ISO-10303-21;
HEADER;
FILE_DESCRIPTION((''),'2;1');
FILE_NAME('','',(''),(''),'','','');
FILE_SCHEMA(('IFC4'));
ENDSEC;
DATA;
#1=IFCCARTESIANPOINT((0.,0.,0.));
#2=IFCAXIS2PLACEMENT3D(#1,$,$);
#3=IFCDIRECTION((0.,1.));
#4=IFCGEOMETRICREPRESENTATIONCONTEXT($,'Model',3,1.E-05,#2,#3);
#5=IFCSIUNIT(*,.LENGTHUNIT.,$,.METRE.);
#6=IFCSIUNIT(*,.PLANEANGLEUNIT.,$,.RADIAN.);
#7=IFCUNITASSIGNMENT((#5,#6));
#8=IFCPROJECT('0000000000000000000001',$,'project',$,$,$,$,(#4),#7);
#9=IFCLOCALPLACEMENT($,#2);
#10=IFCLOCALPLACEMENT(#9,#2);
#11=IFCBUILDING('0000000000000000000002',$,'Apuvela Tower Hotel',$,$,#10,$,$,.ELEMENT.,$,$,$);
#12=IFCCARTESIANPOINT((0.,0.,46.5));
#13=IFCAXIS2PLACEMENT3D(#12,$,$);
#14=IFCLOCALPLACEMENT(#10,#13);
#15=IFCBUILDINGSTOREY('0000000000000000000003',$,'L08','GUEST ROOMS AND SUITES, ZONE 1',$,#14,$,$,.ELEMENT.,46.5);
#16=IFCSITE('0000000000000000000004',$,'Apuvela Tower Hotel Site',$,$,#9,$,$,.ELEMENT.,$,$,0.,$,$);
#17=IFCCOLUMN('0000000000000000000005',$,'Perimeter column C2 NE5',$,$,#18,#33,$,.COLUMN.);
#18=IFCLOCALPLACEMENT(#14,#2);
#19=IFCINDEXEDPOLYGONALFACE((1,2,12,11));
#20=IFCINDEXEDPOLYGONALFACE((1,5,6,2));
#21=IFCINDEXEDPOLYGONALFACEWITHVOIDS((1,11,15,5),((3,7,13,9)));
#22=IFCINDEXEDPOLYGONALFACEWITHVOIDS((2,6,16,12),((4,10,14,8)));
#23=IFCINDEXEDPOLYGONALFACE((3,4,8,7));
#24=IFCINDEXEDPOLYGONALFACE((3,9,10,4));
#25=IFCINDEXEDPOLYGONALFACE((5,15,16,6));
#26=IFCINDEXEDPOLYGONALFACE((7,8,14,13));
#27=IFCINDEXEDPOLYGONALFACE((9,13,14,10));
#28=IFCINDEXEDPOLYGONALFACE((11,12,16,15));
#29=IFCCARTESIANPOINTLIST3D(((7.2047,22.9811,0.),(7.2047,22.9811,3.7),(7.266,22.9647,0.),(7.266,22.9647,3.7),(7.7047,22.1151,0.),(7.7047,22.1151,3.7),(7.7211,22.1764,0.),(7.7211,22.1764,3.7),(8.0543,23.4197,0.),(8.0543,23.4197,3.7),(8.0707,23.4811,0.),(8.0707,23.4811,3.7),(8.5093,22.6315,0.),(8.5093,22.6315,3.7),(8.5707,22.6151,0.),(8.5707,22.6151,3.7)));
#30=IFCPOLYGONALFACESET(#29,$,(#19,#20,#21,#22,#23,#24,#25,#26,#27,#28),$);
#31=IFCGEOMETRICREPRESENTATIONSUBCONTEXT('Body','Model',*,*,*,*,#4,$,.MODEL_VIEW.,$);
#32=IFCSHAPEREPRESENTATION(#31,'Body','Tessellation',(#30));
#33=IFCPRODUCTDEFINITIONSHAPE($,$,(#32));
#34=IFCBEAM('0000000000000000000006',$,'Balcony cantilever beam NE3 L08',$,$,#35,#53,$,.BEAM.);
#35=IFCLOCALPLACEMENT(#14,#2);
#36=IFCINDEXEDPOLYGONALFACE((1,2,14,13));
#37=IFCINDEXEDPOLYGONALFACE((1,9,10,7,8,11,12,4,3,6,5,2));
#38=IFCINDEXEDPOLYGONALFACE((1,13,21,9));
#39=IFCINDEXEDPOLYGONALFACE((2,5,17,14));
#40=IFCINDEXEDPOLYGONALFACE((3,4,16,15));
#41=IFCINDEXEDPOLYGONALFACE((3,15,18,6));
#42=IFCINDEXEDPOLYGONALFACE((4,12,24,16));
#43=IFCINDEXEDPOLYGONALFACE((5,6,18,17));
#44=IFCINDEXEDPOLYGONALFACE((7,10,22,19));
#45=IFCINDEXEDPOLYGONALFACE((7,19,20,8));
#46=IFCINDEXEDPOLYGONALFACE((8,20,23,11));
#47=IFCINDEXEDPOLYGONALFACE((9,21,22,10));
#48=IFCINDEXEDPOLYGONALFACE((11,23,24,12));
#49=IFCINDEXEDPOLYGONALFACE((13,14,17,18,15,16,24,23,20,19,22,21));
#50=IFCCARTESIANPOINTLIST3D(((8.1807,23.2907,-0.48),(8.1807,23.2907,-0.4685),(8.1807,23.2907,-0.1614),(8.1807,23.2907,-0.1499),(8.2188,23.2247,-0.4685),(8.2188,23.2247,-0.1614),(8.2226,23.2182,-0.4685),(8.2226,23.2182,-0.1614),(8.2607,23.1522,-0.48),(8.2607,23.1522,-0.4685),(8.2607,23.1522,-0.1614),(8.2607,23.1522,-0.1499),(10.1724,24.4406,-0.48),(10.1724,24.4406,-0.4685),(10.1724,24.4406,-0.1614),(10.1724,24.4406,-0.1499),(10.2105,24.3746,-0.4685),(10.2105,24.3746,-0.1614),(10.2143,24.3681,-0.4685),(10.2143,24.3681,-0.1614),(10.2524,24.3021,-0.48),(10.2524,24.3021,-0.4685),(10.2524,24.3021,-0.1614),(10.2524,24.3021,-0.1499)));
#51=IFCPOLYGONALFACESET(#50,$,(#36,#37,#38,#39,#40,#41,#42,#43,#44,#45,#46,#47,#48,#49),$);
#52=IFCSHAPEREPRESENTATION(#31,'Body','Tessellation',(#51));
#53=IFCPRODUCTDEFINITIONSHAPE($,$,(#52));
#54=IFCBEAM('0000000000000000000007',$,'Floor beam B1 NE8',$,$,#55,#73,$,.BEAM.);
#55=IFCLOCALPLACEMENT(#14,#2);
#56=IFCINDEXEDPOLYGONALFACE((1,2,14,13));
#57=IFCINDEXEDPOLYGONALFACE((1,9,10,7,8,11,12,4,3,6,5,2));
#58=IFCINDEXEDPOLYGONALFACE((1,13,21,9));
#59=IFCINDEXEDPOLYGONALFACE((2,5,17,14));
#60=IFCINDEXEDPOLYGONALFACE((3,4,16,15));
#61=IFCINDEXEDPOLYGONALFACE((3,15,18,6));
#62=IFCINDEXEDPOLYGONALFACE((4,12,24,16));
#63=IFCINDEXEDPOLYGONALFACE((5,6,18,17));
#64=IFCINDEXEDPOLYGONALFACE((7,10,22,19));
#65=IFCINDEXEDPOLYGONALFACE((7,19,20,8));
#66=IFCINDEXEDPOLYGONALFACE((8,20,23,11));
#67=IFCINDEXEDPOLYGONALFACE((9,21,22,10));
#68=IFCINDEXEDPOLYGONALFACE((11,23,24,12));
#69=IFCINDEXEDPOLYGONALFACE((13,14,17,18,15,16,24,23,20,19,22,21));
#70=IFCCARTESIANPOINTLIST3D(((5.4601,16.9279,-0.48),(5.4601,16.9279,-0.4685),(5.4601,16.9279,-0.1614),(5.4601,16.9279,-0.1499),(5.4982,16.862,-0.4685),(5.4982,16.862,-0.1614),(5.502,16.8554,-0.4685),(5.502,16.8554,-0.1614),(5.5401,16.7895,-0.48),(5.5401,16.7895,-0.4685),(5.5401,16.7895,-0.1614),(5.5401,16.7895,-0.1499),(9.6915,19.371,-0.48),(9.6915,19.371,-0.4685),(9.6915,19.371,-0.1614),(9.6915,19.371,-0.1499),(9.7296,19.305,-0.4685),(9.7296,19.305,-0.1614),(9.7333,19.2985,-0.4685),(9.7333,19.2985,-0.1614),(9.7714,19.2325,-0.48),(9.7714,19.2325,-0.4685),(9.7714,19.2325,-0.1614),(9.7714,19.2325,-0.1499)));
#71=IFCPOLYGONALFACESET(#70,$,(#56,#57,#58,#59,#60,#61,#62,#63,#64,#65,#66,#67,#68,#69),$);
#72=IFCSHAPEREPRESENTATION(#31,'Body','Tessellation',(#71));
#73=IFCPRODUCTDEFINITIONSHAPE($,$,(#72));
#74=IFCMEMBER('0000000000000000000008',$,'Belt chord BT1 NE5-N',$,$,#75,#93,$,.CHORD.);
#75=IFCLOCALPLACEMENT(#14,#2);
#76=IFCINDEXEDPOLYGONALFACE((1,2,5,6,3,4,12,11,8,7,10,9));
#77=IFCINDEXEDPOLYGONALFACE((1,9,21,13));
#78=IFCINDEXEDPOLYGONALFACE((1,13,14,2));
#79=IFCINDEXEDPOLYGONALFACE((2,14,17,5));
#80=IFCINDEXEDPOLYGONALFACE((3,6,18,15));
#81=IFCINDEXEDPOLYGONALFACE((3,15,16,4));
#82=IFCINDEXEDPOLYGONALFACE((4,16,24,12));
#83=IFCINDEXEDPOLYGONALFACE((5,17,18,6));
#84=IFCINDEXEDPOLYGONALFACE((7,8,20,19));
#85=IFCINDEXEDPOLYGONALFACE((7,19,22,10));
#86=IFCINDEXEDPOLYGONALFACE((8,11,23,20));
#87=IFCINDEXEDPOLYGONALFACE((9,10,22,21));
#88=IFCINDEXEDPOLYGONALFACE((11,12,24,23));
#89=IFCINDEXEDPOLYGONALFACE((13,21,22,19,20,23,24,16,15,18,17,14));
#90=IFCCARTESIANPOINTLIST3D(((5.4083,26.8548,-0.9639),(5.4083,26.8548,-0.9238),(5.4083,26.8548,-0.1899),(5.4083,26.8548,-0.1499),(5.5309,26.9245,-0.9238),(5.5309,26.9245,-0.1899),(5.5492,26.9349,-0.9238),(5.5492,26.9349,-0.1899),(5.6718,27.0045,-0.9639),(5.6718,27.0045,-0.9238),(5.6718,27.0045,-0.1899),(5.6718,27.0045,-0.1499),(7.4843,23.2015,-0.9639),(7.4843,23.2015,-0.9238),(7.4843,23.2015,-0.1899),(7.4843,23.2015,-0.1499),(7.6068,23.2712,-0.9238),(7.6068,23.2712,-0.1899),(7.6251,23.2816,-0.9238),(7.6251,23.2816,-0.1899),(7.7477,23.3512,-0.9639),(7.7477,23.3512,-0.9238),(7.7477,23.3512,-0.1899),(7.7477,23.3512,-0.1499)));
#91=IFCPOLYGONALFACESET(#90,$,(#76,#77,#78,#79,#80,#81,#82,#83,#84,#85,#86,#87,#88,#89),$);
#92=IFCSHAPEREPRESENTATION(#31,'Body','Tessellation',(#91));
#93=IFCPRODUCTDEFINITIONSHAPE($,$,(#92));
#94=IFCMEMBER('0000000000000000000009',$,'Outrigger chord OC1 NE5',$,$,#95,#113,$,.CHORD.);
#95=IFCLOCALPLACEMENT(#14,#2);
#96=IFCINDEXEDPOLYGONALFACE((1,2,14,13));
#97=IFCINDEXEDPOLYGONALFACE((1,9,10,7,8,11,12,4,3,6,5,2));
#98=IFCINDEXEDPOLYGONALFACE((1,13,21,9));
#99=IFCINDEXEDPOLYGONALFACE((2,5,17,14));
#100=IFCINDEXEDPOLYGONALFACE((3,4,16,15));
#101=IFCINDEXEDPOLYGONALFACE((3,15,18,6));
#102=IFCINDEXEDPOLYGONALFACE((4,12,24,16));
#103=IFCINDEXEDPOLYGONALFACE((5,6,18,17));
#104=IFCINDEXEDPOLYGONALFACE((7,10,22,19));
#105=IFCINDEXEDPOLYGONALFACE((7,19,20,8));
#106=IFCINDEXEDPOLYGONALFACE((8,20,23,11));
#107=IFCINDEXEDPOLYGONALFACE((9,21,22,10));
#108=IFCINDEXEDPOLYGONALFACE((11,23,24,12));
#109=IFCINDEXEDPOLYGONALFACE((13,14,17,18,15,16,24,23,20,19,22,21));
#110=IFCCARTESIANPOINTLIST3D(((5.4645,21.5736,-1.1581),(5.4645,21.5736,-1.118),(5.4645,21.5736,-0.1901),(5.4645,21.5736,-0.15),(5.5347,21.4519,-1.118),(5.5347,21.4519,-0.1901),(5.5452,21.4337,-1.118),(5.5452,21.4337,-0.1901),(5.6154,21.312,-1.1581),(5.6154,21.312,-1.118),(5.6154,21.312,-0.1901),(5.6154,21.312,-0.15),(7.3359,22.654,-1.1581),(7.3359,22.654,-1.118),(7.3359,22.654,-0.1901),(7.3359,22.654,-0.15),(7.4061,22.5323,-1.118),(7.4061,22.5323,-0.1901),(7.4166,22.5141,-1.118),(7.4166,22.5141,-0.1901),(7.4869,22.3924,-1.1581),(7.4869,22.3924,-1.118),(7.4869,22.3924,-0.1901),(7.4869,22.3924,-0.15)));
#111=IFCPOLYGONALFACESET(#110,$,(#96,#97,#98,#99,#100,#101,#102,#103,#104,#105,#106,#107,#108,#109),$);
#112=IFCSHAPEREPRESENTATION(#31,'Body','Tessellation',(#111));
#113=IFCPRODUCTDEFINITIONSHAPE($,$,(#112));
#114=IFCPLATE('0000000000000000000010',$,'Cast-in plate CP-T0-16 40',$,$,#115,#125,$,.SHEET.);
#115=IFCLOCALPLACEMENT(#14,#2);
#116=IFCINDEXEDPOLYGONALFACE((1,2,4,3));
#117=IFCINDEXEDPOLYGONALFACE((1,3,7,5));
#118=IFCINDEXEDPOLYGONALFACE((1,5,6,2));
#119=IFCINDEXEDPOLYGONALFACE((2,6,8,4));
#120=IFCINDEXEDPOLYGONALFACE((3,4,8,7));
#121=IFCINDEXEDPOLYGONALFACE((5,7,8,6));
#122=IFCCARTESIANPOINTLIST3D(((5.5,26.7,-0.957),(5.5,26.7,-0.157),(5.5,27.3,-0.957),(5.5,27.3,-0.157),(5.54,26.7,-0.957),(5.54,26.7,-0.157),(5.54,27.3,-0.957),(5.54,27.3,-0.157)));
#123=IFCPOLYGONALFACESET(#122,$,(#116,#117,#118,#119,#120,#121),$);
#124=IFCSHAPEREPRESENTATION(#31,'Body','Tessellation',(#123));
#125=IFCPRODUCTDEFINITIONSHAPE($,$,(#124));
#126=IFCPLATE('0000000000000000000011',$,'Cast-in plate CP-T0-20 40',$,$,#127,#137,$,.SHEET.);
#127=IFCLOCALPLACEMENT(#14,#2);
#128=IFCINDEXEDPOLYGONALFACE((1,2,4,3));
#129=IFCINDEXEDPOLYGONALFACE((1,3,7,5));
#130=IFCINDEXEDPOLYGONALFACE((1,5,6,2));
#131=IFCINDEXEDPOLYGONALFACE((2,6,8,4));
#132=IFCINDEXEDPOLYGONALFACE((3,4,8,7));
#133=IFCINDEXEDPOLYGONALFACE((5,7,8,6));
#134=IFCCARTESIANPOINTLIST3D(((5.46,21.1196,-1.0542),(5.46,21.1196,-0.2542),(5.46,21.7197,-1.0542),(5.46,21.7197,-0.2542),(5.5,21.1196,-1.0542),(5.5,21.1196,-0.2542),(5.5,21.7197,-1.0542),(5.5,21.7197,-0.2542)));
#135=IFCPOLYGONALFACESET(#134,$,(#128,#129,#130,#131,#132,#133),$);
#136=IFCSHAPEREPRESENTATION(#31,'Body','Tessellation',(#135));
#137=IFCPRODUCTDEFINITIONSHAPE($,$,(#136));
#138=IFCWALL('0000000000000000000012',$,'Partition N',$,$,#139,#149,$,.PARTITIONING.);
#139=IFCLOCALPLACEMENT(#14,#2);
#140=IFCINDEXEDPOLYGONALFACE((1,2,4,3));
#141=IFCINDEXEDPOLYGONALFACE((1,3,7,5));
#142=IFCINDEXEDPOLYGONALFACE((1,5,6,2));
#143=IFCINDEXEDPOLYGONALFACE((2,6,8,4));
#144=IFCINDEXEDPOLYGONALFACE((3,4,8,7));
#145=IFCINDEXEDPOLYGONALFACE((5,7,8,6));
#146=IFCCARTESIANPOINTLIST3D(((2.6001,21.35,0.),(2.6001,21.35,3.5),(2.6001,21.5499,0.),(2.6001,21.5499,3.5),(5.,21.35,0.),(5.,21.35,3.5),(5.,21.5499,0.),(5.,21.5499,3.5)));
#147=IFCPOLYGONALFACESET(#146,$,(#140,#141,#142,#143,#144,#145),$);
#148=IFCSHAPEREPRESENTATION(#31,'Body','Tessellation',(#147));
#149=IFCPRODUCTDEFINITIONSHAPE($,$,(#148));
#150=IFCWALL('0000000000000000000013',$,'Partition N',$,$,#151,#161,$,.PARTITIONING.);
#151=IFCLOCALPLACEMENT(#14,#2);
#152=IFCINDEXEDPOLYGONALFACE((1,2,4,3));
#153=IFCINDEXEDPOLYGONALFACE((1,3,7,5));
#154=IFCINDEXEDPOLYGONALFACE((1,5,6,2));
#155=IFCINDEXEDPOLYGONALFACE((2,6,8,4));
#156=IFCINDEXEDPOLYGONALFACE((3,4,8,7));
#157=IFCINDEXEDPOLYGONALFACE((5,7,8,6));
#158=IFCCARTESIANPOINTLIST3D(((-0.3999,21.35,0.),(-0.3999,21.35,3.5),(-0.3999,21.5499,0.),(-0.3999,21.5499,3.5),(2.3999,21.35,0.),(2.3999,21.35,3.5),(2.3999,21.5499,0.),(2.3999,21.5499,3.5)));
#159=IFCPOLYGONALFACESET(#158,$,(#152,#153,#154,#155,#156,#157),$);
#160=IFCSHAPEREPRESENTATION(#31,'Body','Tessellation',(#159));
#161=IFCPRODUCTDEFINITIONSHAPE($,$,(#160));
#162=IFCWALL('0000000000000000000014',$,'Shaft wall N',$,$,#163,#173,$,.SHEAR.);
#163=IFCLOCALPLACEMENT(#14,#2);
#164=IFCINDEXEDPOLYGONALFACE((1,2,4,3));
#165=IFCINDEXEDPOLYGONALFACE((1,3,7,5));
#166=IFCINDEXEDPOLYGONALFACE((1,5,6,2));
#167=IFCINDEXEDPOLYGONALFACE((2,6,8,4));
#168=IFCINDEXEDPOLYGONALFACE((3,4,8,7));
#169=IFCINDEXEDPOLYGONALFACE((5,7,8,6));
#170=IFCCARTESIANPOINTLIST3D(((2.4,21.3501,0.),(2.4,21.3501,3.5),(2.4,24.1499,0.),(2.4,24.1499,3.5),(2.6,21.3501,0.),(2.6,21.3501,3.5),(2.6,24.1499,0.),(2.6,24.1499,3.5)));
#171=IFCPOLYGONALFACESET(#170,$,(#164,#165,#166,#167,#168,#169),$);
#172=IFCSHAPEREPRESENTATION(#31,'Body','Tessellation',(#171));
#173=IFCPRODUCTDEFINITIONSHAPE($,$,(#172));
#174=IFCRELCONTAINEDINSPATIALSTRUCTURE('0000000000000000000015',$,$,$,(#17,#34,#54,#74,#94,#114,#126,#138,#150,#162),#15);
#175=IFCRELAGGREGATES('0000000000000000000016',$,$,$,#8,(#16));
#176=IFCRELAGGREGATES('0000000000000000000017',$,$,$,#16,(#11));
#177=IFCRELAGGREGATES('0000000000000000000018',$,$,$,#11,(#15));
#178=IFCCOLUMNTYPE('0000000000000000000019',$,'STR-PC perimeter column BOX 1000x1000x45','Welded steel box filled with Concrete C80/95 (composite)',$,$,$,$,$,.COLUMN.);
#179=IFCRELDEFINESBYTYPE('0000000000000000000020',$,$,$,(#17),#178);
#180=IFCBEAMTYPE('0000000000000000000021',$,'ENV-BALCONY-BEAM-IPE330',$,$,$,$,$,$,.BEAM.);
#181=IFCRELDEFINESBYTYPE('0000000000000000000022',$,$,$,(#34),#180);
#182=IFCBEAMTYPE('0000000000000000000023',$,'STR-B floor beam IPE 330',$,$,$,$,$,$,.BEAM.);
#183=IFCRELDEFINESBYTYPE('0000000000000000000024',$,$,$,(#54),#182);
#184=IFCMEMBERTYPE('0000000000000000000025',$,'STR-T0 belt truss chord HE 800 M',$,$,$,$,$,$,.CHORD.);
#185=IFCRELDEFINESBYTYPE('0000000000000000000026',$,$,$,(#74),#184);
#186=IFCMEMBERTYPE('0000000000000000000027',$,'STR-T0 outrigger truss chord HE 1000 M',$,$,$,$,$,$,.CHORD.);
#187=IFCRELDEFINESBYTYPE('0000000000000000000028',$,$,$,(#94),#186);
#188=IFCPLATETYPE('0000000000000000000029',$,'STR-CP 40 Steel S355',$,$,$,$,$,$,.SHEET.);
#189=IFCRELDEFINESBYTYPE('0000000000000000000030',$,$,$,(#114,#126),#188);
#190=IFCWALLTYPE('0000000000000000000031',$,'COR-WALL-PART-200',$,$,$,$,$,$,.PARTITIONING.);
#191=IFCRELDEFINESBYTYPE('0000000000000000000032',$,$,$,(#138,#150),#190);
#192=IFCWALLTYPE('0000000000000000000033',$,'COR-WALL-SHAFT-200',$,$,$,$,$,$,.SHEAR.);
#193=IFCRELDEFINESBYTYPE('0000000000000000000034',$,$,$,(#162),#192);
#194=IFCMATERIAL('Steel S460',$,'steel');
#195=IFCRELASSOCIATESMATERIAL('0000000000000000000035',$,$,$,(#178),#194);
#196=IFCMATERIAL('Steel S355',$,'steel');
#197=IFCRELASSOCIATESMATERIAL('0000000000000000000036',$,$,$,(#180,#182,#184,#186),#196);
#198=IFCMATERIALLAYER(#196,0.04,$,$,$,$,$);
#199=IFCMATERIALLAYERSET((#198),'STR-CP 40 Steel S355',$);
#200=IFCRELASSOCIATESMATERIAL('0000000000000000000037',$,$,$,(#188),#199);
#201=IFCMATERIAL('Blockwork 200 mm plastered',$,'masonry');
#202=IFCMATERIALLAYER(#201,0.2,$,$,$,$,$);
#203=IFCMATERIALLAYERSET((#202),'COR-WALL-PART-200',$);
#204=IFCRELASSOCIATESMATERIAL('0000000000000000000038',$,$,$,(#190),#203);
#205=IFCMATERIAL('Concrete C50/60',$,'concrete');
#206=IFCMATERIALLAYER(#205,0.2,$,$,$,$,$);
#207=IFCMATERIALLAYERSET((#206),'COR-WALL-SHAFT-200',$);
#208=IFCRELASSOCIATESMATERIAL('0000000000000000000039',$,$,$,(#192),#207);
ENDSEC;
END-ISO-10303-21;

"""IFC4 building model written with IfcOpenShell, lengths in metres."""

from ifc_helpers import new_model, si_unit, direction, frame, frame_2d, origin, origin_2d, place, context, subcontext, project, spatial, rectangle, hollow_rectangle, i_section, extrude, material, layer, layer_set, material_profile, profile_set, type_object, element, save


model = new_model("IFC4")

# Units and contexts
model_context = context("Model", 3, precision=1e-05, world=origin(), true_north=direction((0.0, 1.0)))
body_context = subcontext(model_context, "Body", "Model", "MODEL_VIEW")
ifc_project = project(units=[si_unit("LENGTHUNIT", "METRE"), si_unit("PLANEANGLEUNIT", "RADIAN")], contexts=[model_context])

# Site, building, storey
site_placement = place(None, origin())
site = spatial("IfcSite", under=ifc_project, at=site_placement, Name="Apuvela Tower Hotel Site", CompositionType="ELEMENT", RefElevation=0.0)
building_placement = place(site_placement, origin())
building = spatial("IfcBuilding", under=site, at=building_placement, Name="Apuvela Tower Hotel", CompositionType="ELEMENT")
storey_placement = place(building_placement, frame((0.0, 0.0, 46.5)))
storey = spatial("IfcBuildingStorey", under=building, at=storey_placement, Name="L08", Description="GUEST ROOMS AND SUITES, ZONE 1", CompositionType="ELEMENT", Elevation=46.5)

# Column
ifc_material_1 = material(Name="Steel S460", Category="steel")
ifc_material_profile_1 = material_profile(ifc_material_1, hollow_rectangle(XDim=1.0, YDim=1.0, WallThickness=0.0449, at=origin_2d()), Name="BOX 1000x1000x45")
ifc_material_2 = material(Name="Concrete C80/95", Category="concrete")
ifc_material_profile_2 = material_profile(ifc_material_2, rectangle(XDim=0.9099, YDim=0.9099, at=origin_2d()), Name="Concrete C80/95 infill")
ifc_profile_set_1 = profile_set([ifc_material_profile_1, ifc_material_profile_2], Name="Steel S460")
column_type = type_object("IfcColumnType", Name="STR-PC perimeter column BOX 1000x1000x45", Description="Welded steel box filled with Concrete C80/95 (composite)", PredefinedType="COLUMN", material=ifc_profile_set_1)
column_placement = place(storey_placement, frame((7.8877, 22.7981, 0.0), z_axis=(0.0, 0.0, 1.0), x_axis=(-0.5, 0.866025, 0.0)))
element("IfcColumn", 1, at=column_placement, inside=storey, type_object=column_type, Name="Perimeter column C2 NE5", PredefinedType="COLUMN", context=body_context, shape_type="SweptSolid", body=[
    extrude(hollow_rectangle(XDim=1.0, YDim=1.0, WallThickness=0.0449, at=origin_2d()), origin(), (0.0, 0.0, 1.0), 3.7),
])

# Beams
ifc_material_3 = material(Name="Steel S355", Category="steel")
ifc_material_profile_3 = material_profile(ifc_material_3, i_section(OverallWidth=0.1599, OverallDepth=0.3301, WebThickness=0.0076, FlangeThickness=0.0115, at=origin_2d()), Name="IPE 330")
ifc_profile_set_2 = profile_set([ifc_material_profile_3], Name="Steel S355")
beam_type_1 = type_object("IfcBeamType", Name="ENV-BALCONY-BEAM-IPE330", PredefinedType="BEAM", material=ifc_profile_set_2)
beam_1_placement = place(storey_placement, frame((8.2207, 23.2214, -0.3149), z_axis=(0.866026, 0.499998, 0.0), x_axis=(-0.499998, 0.866026, 0.0)))
element("IfcBeam", 2, at=beam_1_placement, inside=storey, type_object=beam_type_1, Name="Balcony cantilever beam NE3 L08", PredefinedType="BEAM", context=body_context, shape_type="SweptSolid", body=[
    extrude(i_section(OverallWidth=0.1599, OverallDepth=0.3301, WebThickness=0.0076, FlangeThickness=0.0115, at=origin_2d()), origin(), (0.0, 0.0, 1.0), 2.2998),
])
ifc_material_profile_4 = material_profile(ifc_material_3, i_section(OverallWidth=0.1599, OverallDepth=0.3301, WebThickness=0.0076, FlangeThickness=0.0115, at=origin_2d()), Name="IPE 330")
ifc_profile_set_3 = profile_set([ifc_material_profile_4], Name="Steel S355")
beam_type_2 = type_object("IfcBeamType", Name="STR-B floor beam IPE 330", PredefinedType="BEAM", material=ifc_profile_set_3)
beam_2_placement = place(storey_placement, frame((9.7314, 19.3018, -0.3149), z_axis=(-0.866018, -0.500014, 0.0), x_axis=(0.500014, -0.866018, 0.0)))
element("IfcBeam", 3, at=beam_2_placement, inside=storey, type_object=beam_type_2, Name="Floor beam B1 NE8", PredefinedType="BEAM", context=body_context, shape_type="SweptSolid", body=[
    extrude(i_section(OverallWidth=0.1599, OverallDepth=0.3301, WebThickness=0.0076, FlangeThickness=0.0115, at=origin_2d()), origin(), (0.0, 0.0, 1.0), 4.886),
])

# Members
ifc_material_profile_5 = material_profile(ifc_material_3, i_section(OverallWidth=0.303, OverallDepth=0.814, WebThickness=0.021, FlangeThickness=0.04, at=origin_2d()), Name="HE 800 M")
ifc_profile_set_4 = profile_set([ifc_material_profile_5], Name="Steel S355")
member_type_1 = type_object("IfcMemberType", Name="STR-T0 belt truss chord HE 800 M", PredefinedType="CHORD", material=ifc_profile_set_4)
member_1_placement = place(storey_placement, frame((7.616, 23.2764, -0.5569), z_axis=(-0.494041, 0.869438, 0.0), x_axis=(-0.869438, -0.494041, 0.0)))
element("IfcMember", 4, at=member_1_placement, inside=storey, type_object=member_type_1, Name="Belt chord BT1 NE5-N", PredefinedType="CHORD", context=body_context, shape_type="SweptSolid", body=[
    extrude(i_section(OverallWidth=0.303, OverallDepth=0.814, WebThickness=0.021, FlangeThickness=0.04, at=origin_2d()), origin(), (0.0, 0.0, 1.0), 4.2019),
])
ifc_material_profile_6 = material_profile(ifc_material_3, i_section(OverallWidth=0.302, OverallDepth=1.0081, WebThickness=0.021, FlangeThickness=0.04, at=origin_2d()), Name="HE 1000 M")
ifc_profile_set_5 = profile_set([ifc_material_profile_6], Name="Steel S355")
member_type_2 = type_object("IfcMemberType", Name="STR-T0 outrigger truss chord HE 1000 M", PredefinedType="CHORD", material=ifc_profile_set_5)
member_2_placement = place(storey_placement, frame((7.4114, 22.5232, -0.6541), z_axis=(-0.866044, -0.499967, 0.0), x_axis=(0.499967, -0.866044, 0.0)))
element("IfcMember", 5, at=member_2_placement, inside=storey, type_object=member_type_2, Name="Outrigger chord OC1 NE5", PredefinedType="CHORD", context=body_context, shape_type="SweptSolid", body=[
    extrude(i_section(OverallWidth=0.302, OverallDepth=1.0081, WebThickness=0.021, FlangeThickness=0.04, at=origin_2d()), origin(), (0.0, 0.0, 1.0), 2.1609),
])

# Plates
ifc_layer_1 = layer(ifc_material_3, 0.04)
ifc_layer_set_1 = layer_set([ifc_layer_1], Name="STR-CP 40 Steel S355")
plate_type = type_object("IfcPlateType", Name="STR-CP 40 Steel S355", PredefinedType="SHEET", material=ifc_layer_set_1)
for number, where, z_axis, x_axis, name in (
    (6, (5.52, 27.0, -0.957), (0.0, 0.0, 1.0), (1.0, 0.0, 0.0), "Cast-in plate CP-T0-16 40"),
    (7, (5.48, 21.4197, -1.0542), (0.0, 0.0, 1.0), (-1.0, 0.0, 0.0), "Cast-in plate CP-T0-20 40"),
):
    element("IfcPlate", number, at=place(storey_placement, frame(where, z_axis=z_axis, x_axis=x_axis)), inside=storey, type_object=plate_type, Name=name, PredefinedType="SHEET", context=body_context, shape_type="SweptSolid", body=[
        extrude(rectangle(XDim=0.04, YDim=0.6001, at=origin_2d()), origin(), (0.0, 0.0, 1.0), 0.8),
    ])

# Walls
ifc_material_4 = material(Name="Blockwork 200 mm plastered", Category="masonry")
ifc_layer_2 = layer(ifc_material_4, 0.2)
ifc_layer_set_2 = layer_set([ifc_layer_2], Name="COR-WALL-PART-200")
wall_type_1 = type_object("IfcWallType", Name="COR-WALL-PART-200", PredefinedType="PARTITIONING", material=ifc_layer_set_2)
wall_1_placement = place(storey_placement, frame((5.0, 21.45, 0.0), z_axis=(0.0, 0.0, 1.0), x_axis=(-1.0, 0.0, 0.0)))
element("IfcWall", 8, at=wall_1_placement, inside=storey, type_object=wall_type_1, Name="Partition N", PredefinedType="PARTITIONING", context=body_context, shape_type="SweptSolid", body=[
    extrude(rectangle(XDim=2.3999, YDim=0.2, at=frame_2d((1.2, 0.0))), origin(), (0.0, 0.0, 1.0), 3.5),
])
wall_2_placement = place(storey_placement, frame((2.3999, 21.45, 0.0), z_axis=(0.0, 0.0, 1.0), x_axis=(-1.0, 0.0, 0.0)))
element("IfcWall", 9, at=wall_2_placement, inside=storey, type_object=wall_type_1, Name="Partition N", PredefinedType="PARTITIONING", context=body_context, shape_type="SweptSolid", body=[
    extrude(rectangle(XDim=2.7998, YDim=0.2, at=frame_2d((1.3999, 0.0))), origin(), (0.0, 0.0, 1.0), 3.5),
])
ifc_material_5 = material(Name="Concrete C50/60", Category="concrete")
ifc_layer_3 = layer(ifc_material_5, 0.2)
ifc_layer_set_3 = layer_set([ifc_layer_3], Name="COR-WALL-SHAFT-200")
wall_type_2 = type_object("IfcWallType", Name="COR-WALL-SHAFT-200", PredefinedType="SHEAR", material=ifc_layer_set_3)
wall_3_placement = place(storey_placement, frame((2.5, 21.3501, 0.0), z_axis=(0.0, 0.0, 1.0), x_axis=(0.0, 1.0, 0.0)))
element("IfcWall", 10, at=wall_3_placement, inside=storey, type_object=wall_type_2, Name="Shaft wall N", PredefinedType="SHEAR", context=body_context, shape_type="SweptSolid", body=[
    extrude(rectangle(XDim=2.7998, YDim=0.2, at=frame_2d((1.3999, 0.0))), origin(), (0.0, 0.0, 1.0), 3.5),
])

save(model, "model.ifc")
